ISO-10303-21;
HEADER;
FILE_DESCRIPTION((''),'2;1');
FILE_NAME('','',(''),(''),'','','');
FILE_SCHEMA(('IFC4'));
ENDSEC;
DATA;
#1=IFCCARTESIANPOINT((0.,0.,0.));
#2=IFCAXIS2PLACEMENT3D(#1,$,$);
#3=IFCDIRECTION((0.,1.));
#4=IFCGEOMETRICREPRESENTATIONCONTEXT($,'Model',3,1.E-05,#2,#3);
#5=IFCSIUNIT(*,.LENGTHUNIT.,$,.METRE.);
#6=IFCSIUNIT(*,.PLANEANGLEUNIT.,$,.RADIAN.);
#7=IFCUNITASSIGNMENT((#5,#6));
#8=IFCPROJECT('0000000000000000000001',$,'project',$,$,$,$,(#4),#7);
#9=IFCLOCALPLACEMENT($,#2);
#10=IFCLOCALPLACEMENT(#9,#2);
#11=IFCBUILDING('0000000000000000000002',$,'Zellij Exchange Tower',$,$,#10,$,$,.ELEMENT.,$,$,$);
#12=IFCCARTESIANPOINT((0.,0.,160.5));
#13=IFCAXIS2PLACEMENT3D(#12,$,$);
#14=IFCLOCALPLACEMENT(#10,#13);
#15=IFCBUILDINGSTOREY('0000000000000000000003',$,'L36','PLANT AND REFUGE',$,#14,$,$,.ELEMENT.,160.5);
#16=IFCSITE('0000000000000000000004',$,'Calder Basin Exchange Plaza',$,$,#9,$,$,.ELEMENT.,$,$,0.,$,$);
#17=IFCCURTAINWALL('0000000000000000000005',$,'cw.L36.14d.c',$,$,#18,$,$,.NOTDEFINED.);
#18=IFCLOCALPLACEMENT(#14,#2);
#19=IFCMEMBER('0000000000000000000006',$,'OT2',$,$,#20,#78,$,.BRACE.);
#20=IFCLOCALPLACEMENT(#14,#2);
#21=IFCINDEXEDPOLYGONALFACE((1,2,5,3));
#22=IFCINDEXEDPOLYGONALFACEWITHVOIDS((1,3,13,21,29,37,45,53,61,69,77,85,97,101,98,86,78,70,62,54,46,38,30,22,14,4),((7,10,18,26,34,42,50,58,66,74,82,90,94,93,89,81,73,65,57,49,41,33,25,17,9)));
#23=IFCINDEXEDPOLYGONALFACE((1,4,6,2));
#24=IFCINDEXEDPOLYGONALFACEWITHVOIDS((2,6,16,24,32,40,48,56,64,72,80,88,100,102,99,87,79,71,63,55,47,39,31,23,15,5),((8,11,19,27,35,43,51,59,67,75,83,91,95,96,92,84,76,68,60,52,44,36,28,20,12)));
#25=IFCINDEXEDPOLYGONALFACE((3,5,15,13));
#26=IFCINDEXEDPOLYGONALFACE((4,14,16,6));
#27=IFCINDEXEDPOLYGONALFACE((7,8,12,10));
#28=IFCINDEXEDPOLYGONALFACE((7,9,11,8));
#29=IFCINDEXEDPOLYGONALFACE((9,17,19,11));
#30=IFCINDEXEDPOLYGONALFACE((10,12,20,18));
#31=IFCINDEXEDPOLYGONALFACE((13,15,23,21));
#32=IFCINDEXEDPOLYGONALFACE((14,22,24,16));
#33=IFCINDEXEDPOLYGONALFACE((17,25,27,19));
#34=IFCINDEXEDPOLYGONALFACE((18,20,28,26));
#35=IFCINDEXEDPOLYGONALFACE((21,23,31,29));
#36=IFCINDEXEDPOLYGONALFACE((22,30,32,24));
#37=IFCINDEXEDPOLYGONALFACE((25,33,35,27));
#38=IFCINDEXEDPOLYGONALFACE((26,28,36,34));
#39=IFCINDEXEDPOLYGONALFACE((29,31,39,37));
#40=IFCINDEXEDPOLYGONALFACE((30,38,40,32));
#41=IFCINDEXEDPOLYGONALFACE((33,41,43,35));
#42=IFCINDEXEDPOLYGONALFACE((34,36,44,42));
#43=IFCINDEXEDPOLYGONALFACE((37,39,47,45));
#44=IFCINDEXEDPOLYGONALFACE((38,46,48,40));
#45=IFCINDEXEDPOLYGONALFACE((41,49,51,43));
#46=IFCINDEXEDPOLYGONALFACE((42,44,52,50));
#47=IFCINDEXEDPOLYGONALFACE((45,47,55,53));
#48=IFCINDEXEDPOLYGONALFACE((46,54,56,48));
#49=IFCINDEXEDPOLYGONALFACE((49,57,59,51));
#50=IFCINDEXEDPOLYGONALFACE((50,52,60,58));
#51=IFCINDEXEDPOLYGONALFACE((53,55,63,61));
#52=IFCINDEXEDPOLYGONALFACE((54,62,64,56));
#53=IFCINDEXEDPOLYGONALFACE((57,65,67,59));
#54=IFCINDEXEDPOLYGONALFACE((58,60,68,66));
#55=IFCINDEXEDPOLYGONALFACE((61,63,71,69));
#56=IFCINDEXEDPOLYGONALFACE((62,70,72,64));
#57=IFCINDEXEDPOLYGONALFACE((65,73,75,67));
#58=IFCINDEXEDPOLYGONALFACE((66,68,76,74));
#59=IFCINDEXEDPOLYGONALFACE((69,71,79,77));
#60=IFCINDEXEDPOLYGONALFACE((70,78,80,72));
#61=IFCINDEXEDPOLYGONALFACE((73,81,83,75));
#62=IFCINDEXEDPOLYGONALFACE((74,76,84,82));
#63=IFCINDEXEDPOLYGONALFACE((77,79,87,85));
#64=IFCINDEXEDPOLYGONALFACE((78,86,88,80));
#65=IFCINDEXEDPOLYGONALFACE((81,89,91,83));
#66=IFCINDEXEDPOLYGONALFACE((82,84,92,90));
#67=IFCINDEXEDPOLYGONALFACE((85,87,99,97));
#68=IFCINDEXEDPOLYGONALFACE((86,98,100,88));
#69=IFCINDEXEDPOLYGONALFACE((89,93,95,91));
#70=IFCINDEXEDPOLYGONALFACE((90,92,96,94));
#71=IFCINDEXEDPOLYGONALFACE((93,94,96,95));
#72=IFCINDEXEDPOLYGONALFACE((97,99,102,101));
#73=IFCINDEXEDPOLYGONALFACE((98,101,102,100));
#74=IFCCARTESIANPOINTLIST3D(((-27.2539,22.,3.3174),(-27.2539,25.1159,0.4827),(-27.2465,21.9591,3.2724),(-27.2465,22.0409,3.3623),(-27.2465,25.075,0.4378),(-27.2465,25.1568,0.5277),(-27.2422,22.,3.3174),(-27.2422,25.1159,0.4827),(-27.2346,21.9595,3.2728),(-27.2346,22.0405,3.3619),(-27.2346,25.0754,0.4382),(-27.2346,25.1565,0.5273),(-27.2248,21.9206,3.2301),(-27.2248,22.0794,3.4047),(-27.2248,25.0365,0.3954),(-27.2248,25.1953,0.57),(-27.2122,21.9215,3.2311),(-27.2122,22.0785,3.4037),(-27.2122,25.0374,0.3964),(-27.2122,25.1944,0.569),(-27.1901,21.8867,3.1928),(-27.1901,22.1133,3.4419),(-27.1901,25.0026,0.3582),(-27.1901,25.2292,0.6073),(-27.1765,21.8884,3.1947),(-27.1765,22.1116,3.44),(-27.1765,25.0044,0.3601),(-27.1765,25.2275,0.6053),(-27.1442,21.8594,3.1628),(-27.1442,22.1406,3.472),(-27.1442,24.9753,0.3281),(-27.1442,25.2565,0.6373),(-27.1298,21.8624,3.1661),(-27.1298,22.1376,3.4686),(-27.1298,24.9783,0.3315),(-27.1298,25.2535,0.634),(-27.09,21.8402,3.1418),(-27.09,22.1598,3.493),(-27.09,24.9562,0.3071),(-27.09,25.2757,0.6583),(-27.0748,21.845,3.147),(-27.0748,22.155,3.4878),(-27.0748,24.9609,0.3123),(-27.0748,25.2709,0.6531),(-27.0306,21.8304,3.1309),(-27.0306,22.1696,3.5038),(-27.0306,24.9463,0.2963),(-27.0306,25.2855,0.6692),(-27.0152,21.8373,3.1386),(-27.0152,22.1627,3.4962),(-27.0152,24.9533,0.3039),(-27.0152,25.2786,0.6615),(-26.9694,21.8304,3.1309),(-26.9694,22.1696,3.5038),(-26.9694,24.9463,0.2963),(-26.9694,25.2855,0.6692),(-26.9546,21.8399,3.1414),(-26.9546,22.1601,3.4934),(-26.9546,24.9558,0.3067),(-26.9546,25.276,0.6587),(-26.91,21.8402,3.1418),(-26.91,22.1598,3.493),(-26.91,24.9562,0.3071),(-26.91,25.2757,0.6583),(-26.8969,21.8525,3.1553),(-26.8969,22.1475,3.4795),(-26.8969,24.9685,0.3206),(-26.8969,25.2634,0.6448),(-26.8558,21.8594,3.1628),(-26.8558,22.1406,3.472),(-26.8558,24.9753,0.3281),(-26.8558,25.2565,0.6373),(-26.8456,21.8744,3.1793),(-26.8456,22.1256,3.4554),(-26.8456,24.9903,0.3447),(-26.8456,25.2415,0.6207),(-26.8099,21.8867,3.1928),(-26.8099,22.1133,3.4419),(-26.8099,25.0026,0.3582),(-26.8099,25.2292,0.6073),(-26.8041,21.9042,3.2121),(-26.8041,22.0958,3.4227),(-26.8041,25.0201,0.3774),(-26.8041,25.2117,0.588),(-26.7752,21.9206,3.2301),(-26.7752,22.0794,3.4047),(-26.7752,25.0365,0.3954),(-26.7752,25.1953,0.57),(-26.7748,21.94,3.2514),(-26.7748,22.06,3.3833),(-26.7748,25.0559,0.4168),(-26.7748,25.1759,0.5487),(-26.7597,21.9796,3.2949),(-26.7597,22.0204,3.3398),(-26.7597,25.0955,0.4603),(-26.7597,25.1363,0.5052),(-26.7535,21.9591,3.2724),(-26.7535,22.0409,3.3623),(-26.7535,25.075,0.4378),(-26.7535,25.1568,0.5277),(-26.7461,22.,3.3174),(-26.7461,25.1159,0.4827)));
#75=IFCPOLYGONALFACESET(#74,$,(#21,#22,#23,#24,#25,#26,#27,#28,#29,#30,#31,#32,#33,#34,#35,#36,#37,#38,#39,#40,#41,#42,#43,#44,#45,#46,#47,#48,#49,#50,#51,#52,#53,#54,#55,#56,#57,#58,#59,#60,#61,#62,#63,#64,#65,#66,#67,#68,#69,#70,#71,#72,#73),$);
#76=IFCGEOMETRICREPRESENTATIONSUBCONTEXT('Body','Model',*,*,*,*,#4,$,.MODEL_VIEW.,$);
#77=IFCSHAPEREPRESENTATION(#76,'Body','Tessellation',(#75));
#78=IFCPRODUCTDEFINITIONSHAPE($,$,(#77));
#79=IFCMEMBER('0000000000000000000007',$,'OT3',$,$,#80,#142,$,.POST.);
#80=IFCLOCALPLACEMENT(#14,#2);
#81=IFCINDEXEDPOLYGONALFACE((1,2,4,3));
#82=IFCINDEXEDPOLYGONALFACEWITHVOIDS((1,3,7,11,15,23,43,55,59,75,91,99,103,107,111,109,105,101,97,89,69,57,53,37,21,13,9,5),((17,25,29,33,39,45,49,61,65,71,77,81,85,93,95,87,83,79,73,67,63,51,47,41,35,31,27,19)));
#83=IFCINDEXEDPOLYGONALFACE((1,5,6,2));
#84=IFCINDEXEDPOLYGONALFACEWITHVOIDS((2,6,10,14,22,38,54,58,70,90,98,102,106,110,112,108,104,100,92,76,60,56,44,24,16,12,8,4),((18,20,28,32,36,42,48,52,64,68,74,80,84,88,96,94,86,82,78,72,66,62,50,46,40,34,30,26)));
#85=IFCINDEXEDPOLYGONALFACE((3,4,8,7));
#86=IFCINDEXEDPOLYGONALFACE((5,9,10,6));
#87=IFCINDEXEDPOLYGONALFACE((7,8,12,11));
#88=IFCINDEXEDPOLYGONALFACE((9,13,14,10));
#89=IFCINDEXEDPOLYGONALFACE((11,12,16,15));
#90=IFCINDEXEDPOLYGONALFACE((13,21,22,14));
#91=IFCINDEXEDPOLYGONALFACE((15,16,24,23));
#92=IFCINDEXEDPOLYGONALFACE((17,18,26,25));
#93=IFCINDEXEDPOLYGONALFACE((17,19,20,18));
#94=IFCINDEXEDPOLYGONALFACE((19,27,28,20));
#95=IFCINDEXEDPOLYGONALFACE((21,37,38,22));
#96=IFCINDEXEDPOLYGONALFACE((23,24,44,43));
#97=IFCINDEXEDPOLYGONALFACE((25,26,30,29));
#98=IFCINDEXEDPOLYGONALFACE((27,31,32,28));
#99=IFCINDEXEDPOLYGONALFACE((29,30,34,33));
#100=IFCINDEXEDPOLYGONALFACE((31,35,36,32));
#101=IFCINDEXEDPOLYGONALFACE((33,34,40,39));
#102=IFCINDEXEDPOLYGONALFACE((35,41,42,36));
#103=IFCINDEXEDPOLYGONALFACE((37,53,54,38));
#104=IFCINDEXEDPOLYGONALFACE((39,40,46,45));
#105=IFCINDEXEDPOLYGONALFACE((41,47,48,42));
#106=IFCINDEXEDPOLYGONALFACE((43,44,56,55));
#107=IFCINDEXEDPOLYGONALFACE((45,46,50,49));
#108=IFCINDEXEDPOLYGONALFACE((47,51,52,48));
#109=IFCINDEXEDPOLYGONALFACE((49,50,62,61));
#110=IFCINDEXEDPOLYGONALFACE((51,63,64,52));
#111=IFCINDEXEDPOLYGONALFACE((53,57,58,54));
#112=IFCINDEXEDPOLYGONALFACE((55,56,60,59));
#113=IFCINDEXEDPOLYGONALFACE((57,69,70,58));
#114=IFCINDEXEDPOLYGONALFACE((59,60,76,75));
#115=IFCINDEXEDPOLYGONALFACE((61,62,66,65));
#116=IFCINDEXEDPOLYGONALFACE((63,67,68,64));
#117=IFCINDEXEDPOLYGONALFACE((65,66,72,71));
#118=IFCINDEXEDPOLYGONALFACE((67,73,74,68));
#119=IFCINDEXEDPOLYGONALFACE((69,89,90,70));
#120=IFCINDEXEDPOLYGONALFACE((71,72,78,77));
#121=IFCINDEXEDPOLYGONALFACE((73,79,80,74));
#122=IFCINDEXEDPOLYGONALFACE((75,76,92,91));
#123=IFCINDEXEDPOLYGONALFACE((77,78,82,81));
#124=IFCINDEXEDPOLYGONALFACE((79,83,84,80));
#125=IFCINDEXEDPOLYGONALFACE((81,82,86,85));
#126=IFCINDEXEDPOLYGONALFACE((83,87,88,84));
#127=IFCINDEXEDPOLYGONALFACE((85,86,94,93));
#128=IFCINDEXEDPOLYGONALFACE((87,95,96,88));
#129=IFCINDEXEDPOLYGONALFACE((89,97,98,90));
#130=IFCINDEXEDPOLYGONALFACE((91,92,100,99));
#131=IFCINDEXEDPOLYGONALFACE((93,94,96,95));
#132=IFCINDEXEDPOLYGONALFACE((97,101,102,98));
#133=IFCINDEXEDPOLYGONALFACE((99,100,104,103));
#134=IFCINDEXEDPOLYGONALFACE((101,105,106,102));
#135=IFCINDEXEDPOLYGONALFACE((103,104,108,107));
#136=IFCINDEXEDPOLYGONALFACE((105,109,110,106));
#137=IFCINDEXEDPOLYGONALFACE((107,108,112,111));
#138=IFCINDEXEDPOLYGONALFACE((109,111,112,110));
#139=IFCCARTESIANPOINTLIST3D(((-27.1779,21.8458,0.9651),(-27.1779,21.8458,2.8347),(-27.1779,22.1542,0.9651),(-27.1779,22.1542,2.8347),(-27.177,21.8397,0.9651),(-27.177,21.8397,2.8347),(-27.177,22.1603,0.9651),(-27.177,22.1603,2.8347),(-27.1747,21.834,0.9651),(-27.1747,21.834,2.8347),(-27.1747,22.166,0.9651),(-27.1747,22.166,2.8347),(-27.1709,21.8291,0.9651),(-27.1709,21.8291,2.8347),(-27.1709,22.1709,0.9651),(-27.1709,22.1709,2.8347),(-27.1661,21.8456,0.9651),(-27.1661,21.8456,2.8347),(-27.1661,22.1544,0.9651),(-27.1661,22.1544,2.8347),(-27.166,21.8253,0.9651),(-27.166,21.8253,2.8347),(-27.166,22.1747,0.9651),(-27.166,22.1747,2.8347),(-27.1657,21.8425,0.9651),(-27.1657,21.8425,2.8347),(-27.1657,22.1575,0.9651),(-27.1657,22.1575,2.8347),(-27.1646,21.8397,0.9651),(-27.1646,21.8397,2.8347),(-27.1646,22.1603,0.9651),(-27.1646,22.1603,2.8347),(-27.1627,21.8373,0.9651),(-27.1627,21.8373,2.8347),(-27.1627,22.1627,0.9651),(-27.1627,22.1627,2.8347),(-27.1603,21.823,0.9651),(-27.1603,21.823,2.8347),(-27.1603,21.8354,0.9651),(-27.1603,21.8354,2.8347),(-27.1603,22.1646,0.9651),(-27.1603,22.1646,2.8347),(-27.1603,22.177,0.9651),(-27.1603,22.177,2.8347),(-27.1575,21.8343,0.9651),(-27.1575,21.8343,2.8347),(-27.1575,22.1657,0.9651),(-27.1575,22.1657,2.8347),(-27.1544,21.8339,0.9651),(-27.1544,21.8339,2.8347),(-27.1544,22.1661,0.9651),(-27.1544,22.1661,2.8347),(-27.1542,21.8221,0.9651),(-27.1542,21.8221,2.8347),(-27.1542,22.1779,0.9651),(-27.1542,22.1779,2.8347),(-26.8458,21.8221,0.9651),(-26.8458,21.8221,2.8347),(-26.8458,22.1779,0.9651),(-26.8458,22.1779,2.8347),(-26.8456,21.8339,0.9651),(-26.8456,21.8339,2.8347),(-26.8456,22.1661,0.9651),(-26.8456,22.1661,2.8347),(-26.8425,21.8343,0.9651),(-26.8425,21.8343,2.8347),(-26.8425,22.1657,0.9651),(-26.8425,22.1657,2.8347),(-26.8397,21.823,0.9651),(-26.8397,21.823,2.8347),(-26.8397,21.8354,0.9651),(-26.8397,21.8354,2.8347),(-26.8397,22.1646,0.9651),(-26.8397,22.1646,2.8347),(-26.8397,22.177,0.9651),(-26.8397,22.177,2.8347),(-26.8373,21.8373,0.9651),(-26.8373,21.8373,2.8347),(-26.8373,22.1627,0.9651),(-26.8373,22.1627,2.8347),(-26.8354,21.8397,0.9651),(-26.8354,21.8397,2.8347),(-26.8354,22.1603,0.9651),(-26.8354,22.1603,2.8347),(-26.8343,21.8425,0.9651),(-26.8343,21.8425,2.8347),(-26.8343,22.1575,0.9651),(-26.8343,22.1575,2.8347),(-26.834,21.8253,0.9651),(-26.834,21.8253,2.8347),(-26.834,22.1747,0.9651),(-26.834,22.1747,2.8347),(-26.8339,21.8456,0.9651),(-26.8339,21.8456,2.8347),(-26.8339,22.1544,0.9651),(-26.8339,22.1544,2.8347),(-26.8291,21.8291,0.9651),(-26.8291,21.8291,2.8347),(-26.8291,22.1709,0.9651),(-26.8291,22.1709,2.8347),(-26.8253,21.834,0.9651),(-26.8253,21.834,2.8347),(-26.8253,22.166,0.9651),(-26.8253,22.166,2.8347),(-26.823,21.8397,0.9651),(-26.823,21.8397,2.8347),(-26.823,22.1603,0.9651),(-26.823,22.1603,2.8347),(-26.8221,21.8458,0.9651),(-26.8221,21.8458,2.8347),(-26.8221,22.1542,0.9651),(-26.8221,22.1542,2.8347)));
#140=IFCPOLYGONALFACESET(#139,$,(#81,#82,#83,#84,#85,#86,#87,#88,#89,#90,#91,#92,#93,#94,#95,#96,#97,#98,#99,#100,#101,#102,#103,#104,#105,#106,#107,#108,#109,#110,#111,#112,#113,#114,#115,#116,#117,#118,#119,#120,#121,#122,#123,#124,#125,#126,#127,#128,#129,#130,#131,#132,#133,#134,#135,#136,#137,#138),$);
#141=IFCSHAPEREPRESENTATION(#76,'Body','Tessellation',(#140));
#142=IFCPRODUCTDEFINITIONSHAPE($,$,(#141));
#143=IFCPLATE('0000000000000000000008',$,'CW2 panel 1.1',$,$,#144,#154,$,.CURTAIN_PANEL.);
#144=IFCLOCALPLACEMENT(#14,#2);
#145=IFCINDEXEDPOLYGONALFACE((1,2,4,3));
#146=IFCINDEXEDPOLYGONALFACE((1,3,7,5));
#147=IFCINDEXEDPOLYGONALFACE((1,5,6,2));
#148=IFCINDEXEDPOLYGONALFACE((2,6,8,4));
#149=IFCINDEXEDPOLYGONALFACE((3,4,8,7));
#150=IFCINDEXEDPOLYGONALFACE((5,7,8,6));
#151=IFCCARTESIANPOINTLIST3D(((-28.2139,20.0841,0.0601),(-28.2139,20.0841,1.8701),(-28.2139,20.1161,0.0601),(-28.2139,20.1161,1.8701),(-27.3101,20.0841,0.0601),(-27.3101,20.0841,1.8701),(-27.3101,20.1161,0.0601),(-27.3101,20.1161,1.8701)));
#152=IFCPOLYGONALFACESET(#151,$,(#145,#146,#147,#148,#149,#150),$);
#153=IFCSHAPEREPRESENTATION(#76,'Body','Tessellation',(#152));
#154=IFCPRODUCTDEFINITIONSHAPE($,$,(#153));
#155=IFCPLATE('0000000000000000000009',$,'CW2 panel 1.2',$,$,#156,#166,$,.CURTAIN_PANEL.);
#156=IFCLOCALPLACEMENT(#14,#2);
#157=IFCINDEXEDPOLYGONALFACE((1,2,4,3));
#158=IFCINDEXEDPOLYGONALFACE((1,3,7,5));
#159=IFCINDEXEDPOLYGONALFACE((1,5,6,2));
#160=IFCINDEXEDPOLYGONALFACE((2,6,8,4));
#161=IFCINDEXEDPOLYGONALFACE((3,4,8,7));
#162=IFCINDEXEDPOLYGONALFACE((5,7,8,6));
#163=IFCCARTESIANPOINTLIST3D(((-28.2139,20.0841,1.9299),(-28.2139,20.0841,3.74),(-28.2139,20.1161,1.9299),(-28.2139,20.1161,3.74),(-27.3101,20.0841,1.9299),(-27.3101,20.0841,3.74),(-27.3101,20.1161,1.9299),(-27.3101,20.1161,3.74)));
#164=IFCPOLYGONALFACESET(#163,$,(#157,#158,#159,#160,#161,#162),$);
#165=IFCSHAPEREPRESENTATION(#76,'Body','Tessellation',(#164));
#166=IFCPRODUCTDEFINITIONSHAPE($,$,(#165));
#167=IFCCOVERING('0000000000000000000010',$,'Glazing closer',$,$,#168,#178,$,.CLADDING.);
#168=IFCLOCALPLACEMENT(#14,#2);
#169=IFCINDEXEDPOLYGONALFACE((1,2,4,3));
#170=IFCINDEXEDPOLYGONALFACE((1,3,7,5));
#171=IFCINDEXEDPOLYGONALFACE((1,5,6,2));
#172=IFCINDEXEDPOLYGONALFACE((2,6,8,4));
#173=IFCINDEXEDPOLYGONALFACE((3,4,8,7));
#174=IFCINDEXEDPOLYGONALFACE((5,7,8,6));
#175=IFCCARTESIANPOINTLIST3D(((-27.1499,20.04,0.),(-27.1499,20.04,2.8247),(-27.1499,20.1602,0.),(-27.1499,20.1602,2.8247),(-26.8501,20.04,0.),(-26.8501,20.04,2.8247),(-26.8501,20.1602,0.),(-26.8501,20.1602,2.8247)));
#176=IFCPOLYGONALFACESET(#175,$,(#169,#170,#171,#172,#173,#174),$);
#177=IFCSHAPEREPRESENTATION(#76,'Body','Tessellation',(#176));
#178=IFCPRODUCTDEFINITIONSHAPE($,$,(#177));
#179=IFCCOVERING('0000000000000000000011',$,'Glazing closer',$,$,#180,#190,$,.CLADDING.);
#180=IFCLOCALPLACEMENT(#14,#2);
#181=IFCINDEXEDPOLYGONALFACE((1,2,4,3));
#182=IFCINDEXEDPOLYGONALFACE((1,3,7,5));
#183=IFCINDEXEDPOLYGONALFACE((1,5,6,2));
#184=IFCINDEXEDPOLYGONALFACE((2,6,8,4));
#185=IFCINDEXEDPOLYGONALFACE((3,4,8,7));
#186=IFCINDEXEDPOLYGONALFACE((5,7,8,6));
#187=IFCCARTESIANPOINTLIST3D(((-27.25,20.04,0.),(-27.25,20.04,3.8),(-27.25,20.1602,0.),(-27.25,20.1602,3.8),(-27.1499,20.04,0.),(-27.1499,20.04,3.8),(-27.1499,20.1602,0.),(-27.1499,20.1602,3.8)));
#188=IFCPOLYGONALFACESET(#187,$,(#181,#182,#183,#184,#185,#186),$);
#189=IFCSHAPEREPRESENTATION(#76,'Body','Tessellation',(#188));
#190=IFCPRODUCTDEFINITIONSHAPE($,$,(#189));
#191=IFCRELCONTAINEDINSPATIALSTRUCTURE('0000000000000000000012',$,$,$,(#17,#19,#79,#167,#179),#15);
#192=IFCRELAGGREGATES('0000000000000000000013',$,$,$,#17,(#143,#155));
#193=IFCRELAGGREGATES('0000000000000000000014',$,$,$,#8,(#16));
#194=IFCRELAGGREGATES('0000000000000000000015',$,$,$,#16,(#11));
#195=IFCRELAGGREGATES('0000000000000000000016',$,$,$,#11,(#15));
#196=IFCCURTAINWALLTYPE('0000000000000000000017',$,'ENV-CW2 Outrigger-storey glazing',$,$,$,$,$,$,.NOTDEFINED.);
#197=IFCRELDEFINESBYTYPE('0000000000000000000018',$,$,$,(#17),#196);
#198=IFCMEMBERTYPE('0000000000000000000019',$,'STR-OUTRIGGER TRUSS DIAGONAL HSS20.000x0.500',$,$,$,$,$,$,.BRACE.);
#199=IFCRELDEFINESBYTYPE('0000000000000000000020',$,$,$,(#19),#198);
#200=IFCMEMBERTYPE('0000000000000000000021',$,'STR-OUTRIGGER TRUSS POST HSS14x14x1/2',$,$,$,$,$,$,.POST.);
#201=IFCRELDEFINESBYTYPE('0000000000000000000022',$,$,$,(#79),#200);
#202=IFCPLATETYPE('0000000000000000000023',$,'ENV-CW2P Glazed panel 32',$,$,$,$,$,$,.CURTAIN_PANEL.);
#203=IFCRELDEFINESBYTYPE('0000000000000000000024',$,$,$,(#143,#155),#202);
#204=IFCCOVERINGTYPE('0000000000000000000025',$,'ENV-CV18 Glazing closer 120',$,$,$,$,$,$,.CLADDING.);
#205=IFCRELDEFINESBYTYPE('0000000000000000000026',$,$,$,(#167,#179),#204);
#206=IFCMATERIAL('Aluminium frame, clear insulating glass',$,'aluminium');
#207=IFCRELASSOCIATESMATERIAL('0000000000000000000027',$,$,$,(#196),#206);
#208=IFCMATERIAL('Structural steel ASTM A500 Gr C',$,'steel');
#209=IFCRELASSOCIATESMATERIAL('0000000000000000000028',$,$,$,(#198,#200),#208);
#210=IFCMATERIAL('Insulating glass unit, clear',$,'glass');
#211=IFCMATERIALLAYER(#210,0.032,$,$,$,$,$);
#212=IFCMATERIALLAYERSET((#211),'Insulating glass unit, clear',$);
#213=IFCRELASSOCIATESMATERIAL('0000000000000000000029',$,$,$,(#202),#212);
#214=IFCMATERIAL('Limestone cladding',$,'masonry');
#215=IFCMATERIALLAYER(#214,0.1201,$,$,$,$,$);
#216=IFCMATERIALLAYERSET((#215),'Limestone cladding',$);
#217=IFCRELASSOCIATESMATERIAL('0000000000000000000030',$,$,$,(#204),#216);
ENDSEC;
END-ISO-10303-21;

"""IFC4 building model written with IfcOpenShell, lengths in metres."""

from ifc_helpers import new_model, si_unit, direction, frame, origin, origin_2d, place, context, subcontext, project, spatial, rectangle, hollow_rectangle, hollow_circle, extrude, material, layer, layer_set, material_profile, profile_set, type_object, element, aggregate, save


model = new_model("IFC4")

# Units and contexts
model_context = context("Model", 3, precision=1e-05, world=origin(), true_north=direction((0.0, 1.0)))
body_context = subcontext(model_context, "Body", "Model", "MODEL_VIEW")
ifc_project = project(units=[si_unit("LENGTHUNIT", "METRE"), si_unit("PLANEANGLEUNIT", "RADIAN")], contexts=[model_context])

# Site, building, storey
site_placement = place(None, origin())
site = spatial("IfcSite", under=ifc_project, at=site_placement, Name="Calder Basin Exchange Plaza", CompositionType="ELEMENT", RefElevation=0.0)
building_placement = place(site_placement, origin())
building = spatial("IfcBuilding", under=site, at=building_placement, Name="Zellij Exchange Tower", CompositionType="ELEMENT")
storey_placement = place(building_placement, frame((0.0, 0.0, 160.5)))
storey = spatial("IfcBuildingStorey", under=building, at=storey_placement, Name="L36", Description="PLANT AND REFUGE", CompositionType="ELEMENT", Elevation=160.5)

# Curtain wall
ifc_material_1 = material(Name="Aluminium frame, clear insulating glass", Category="aluminium")
curtain_wall_type = type_object("IfcCurtainWallType", Name="ENV-CW2 Outrigger-storey glazing", PredefinedType="NOTDEFINED", material=ifc_material_1)
curtain_wall_placement = place(storey_placement, origin())
curtain_wall = element("IfcCurtainWall", 1, at=curtain_wall_placement, inside=storey, type_object=curtain_wall_type, Name="cw.L36.14d.c", PredefinedType="NOTDEFINED")

# Shared definitions
ifc_material_2 = material(Name="Structural steel ASTM A500 Gr C", Category="steel")

# Members
ifc_material_profile_1 = material_profile(ifc_material_2, hollow_circle(Radius=0.2539, WallThickness=0.0117, at=origin_2d()), Name="STR-OUTRIGGER TRUSS DIAGONAL HSS20.000x0.500")
ifc_profile_set_1 = profile_set([ifc_material_profile_1], Name="Structural steel ASTM A500 Gr C")
member_type_1 = type_object("IfcMemberType", Name="STR-OUTRIGGER TRUSS DIAGONAL HSS20.000x0.500", PredefinedType="BRACE", material=ifc_profile_set_1)
member_1_placement = place(storey_placement, frame((-27.0, 22.0, 3.3174), z_axis=(0.0, 0.739701, -0.672935), x_axis=(-1.0, 0.0, 0.0)))
element("IfcMember", 2, at=member_1_placement, inside=storey, type_object=member_type_1, Name="OT2", PredefinedType="BRACE", context=body_context, shape_type="SweptSolid", body=[
    extrude(hollow_circle(Radius=0.2539, WallThickness=0.0117, at=origin_2d()), origin(), (0.0, 0.0, 1.0), 4.2124),
])
ifc_material_profile_2 = material_profile(ifc_material_2, hollow_rectangle(XDim=0.3557, YDim=0.3557, WallThickness=0.0117, InnerFilletRadius=0.0117, OuterFilletRadius=0.0237, at=origin_2d()), Name="STR-OUTRIGGER TRUSS POST HSS14x14x1/2")
ifc_profile_set_2 = profile_set([ifc_material_profile_2], Name="Structural steel ASTM A500 Gr C")
member_type_2 = type_object("IfcMemberType", Name="STR-OUTRIGGER TRUSS POST HSS14x14x1/2", PredefinedType="POST", material=ifc_profile_set_2)
member_2_placement = place(storey_placement, frame((-27.0, 22.0, 0.9651), z_axis=(0.0, 0.0, 1.0), x_axis=(1.0, 0.0, 0.0)))
element("IfcMember", 3, at=member_2_placement, inside=storey, type_object=member_type_2, Name="OT3", PredefinedType="POST", context=body_context, shape_type="SweptSolid", body=[
    extrude(hollow_rectangle(XDim=0.3557, YDim=0.3557, WallThickness=0.0117, InnerFilletRadius=0.0117, OuterFilletRadius=0.0237, at=origin_2d()), origin(), (0.0, 0.0, 1.0), 1.8696),
])

# Plates
ifc_material_3 = material(Name="Insulating glass unit, clear", Category="glass")
ifc_layer_1 = layer(ifc_material_3, 0.032)
ifc_layer_set_1 = layer_set([ifc_layer_1], Name="Insulating glass unit, clear")
plate_type = type_object("IfcPlateType", Name="ENV-CW2P Glazed panel 32", PredefinedType="CURTAIN_PANEL", material=ifc_layer_set_1)
plate_1_placement = place(storey_placement, frame((-27.762, 20.1001, 0.0601), z_axis=(0.0, 0.0, 1.0), x_axis=(-1.0, 0.0, 0.0)))
plate_1 = element("IfcPlate", 4, at=plate_1_placement, type_object=plate_type, Name="CW2 panel 1.1", PredefinedType="CURTAIN_PANEL", context=body_context, shape_type="SweptSolid", body=[
    extrude(rectangle(XDim=0.9038, YDim=0.032, at=origin_2d()), origin(), (0.0, 0.0, 1.0), 1.8101),
])
plate_2_placement = place(storey_placement, frame((-27.762, 20.1001, 1.9299), z_axis=(0.0, 0.0, 1.0), x_axis=(-1.0, 0.0, 0.0)))
plate_2 = element("IfcPlate", 5, at=plate_2_placement, type_object=plate_type, Name="CW2 panel 1.2", PredefinedType="CURTAIN_PANEL", context=body_context, shape_type="SweptSolid", body=[
    extrude(rectangle(XDim=0.9038, YDim=0.032, at=origin_2d()), origin(), (0.0, 0.0, 1.0), 1.8101),
])
aggregate(curtain_wall, [plate_1, plate_2])

# Coverings
ifc_material_4 = material(Name="Limestone cladding", Category="masonry")
ifc_layer_2 = layer(ifc_material_4, 0.1201)
ifc_layer_set_2 = layer_set([ifc_layer_2], Name="Limestone cladding")
covering_type = type_object("IfcCoveringType", Name="ENV-CV18 Glazing closer 120", PredefinedType="CLADDING", material=ifc_layer_set_2)
covering_1_placement = place(storey_placement, frame((-27.0, 20.1001, 0.0), z_axis=(0.0, 0.0, 1.0), x_axis=(-1.0, 0.0, 0.0)))
element("IfcCovering", 6, at=covering_1_placement, inside=storey, type_object=covering_type, Name="Glazing closer", PredefinedType="CLADDING", context=body_context, shape_type="SweptSolid", body=[
    extrude(rectangle(XDim=0.2998, YDim=0.1201, at=origin_2d()), origin(), (0.0, 0.0, 1.0), 2.8247),
])
covering_2_placement = place(storey_placement, frame((-27.2, 20.1001, 0.0), z_axis=(0.0, 0.0, 1.0), x_axis=(-1.0, 0.0, 0.0)))
element("IfcCovering", 7, at=covering_2_placement, inside=storey, type_object=covering_type, Name="Glazing closer", PredefinedType="CLADDING", context=body_context, shape_type="SweptSolid", body=[
    extrude(rectangle(XDim=0.1001, YDim=0.1201, at=origin_2d()), origin(), (0.0, 0.0, 1.0), 3.8),
])

save(model, "model.ifc")
